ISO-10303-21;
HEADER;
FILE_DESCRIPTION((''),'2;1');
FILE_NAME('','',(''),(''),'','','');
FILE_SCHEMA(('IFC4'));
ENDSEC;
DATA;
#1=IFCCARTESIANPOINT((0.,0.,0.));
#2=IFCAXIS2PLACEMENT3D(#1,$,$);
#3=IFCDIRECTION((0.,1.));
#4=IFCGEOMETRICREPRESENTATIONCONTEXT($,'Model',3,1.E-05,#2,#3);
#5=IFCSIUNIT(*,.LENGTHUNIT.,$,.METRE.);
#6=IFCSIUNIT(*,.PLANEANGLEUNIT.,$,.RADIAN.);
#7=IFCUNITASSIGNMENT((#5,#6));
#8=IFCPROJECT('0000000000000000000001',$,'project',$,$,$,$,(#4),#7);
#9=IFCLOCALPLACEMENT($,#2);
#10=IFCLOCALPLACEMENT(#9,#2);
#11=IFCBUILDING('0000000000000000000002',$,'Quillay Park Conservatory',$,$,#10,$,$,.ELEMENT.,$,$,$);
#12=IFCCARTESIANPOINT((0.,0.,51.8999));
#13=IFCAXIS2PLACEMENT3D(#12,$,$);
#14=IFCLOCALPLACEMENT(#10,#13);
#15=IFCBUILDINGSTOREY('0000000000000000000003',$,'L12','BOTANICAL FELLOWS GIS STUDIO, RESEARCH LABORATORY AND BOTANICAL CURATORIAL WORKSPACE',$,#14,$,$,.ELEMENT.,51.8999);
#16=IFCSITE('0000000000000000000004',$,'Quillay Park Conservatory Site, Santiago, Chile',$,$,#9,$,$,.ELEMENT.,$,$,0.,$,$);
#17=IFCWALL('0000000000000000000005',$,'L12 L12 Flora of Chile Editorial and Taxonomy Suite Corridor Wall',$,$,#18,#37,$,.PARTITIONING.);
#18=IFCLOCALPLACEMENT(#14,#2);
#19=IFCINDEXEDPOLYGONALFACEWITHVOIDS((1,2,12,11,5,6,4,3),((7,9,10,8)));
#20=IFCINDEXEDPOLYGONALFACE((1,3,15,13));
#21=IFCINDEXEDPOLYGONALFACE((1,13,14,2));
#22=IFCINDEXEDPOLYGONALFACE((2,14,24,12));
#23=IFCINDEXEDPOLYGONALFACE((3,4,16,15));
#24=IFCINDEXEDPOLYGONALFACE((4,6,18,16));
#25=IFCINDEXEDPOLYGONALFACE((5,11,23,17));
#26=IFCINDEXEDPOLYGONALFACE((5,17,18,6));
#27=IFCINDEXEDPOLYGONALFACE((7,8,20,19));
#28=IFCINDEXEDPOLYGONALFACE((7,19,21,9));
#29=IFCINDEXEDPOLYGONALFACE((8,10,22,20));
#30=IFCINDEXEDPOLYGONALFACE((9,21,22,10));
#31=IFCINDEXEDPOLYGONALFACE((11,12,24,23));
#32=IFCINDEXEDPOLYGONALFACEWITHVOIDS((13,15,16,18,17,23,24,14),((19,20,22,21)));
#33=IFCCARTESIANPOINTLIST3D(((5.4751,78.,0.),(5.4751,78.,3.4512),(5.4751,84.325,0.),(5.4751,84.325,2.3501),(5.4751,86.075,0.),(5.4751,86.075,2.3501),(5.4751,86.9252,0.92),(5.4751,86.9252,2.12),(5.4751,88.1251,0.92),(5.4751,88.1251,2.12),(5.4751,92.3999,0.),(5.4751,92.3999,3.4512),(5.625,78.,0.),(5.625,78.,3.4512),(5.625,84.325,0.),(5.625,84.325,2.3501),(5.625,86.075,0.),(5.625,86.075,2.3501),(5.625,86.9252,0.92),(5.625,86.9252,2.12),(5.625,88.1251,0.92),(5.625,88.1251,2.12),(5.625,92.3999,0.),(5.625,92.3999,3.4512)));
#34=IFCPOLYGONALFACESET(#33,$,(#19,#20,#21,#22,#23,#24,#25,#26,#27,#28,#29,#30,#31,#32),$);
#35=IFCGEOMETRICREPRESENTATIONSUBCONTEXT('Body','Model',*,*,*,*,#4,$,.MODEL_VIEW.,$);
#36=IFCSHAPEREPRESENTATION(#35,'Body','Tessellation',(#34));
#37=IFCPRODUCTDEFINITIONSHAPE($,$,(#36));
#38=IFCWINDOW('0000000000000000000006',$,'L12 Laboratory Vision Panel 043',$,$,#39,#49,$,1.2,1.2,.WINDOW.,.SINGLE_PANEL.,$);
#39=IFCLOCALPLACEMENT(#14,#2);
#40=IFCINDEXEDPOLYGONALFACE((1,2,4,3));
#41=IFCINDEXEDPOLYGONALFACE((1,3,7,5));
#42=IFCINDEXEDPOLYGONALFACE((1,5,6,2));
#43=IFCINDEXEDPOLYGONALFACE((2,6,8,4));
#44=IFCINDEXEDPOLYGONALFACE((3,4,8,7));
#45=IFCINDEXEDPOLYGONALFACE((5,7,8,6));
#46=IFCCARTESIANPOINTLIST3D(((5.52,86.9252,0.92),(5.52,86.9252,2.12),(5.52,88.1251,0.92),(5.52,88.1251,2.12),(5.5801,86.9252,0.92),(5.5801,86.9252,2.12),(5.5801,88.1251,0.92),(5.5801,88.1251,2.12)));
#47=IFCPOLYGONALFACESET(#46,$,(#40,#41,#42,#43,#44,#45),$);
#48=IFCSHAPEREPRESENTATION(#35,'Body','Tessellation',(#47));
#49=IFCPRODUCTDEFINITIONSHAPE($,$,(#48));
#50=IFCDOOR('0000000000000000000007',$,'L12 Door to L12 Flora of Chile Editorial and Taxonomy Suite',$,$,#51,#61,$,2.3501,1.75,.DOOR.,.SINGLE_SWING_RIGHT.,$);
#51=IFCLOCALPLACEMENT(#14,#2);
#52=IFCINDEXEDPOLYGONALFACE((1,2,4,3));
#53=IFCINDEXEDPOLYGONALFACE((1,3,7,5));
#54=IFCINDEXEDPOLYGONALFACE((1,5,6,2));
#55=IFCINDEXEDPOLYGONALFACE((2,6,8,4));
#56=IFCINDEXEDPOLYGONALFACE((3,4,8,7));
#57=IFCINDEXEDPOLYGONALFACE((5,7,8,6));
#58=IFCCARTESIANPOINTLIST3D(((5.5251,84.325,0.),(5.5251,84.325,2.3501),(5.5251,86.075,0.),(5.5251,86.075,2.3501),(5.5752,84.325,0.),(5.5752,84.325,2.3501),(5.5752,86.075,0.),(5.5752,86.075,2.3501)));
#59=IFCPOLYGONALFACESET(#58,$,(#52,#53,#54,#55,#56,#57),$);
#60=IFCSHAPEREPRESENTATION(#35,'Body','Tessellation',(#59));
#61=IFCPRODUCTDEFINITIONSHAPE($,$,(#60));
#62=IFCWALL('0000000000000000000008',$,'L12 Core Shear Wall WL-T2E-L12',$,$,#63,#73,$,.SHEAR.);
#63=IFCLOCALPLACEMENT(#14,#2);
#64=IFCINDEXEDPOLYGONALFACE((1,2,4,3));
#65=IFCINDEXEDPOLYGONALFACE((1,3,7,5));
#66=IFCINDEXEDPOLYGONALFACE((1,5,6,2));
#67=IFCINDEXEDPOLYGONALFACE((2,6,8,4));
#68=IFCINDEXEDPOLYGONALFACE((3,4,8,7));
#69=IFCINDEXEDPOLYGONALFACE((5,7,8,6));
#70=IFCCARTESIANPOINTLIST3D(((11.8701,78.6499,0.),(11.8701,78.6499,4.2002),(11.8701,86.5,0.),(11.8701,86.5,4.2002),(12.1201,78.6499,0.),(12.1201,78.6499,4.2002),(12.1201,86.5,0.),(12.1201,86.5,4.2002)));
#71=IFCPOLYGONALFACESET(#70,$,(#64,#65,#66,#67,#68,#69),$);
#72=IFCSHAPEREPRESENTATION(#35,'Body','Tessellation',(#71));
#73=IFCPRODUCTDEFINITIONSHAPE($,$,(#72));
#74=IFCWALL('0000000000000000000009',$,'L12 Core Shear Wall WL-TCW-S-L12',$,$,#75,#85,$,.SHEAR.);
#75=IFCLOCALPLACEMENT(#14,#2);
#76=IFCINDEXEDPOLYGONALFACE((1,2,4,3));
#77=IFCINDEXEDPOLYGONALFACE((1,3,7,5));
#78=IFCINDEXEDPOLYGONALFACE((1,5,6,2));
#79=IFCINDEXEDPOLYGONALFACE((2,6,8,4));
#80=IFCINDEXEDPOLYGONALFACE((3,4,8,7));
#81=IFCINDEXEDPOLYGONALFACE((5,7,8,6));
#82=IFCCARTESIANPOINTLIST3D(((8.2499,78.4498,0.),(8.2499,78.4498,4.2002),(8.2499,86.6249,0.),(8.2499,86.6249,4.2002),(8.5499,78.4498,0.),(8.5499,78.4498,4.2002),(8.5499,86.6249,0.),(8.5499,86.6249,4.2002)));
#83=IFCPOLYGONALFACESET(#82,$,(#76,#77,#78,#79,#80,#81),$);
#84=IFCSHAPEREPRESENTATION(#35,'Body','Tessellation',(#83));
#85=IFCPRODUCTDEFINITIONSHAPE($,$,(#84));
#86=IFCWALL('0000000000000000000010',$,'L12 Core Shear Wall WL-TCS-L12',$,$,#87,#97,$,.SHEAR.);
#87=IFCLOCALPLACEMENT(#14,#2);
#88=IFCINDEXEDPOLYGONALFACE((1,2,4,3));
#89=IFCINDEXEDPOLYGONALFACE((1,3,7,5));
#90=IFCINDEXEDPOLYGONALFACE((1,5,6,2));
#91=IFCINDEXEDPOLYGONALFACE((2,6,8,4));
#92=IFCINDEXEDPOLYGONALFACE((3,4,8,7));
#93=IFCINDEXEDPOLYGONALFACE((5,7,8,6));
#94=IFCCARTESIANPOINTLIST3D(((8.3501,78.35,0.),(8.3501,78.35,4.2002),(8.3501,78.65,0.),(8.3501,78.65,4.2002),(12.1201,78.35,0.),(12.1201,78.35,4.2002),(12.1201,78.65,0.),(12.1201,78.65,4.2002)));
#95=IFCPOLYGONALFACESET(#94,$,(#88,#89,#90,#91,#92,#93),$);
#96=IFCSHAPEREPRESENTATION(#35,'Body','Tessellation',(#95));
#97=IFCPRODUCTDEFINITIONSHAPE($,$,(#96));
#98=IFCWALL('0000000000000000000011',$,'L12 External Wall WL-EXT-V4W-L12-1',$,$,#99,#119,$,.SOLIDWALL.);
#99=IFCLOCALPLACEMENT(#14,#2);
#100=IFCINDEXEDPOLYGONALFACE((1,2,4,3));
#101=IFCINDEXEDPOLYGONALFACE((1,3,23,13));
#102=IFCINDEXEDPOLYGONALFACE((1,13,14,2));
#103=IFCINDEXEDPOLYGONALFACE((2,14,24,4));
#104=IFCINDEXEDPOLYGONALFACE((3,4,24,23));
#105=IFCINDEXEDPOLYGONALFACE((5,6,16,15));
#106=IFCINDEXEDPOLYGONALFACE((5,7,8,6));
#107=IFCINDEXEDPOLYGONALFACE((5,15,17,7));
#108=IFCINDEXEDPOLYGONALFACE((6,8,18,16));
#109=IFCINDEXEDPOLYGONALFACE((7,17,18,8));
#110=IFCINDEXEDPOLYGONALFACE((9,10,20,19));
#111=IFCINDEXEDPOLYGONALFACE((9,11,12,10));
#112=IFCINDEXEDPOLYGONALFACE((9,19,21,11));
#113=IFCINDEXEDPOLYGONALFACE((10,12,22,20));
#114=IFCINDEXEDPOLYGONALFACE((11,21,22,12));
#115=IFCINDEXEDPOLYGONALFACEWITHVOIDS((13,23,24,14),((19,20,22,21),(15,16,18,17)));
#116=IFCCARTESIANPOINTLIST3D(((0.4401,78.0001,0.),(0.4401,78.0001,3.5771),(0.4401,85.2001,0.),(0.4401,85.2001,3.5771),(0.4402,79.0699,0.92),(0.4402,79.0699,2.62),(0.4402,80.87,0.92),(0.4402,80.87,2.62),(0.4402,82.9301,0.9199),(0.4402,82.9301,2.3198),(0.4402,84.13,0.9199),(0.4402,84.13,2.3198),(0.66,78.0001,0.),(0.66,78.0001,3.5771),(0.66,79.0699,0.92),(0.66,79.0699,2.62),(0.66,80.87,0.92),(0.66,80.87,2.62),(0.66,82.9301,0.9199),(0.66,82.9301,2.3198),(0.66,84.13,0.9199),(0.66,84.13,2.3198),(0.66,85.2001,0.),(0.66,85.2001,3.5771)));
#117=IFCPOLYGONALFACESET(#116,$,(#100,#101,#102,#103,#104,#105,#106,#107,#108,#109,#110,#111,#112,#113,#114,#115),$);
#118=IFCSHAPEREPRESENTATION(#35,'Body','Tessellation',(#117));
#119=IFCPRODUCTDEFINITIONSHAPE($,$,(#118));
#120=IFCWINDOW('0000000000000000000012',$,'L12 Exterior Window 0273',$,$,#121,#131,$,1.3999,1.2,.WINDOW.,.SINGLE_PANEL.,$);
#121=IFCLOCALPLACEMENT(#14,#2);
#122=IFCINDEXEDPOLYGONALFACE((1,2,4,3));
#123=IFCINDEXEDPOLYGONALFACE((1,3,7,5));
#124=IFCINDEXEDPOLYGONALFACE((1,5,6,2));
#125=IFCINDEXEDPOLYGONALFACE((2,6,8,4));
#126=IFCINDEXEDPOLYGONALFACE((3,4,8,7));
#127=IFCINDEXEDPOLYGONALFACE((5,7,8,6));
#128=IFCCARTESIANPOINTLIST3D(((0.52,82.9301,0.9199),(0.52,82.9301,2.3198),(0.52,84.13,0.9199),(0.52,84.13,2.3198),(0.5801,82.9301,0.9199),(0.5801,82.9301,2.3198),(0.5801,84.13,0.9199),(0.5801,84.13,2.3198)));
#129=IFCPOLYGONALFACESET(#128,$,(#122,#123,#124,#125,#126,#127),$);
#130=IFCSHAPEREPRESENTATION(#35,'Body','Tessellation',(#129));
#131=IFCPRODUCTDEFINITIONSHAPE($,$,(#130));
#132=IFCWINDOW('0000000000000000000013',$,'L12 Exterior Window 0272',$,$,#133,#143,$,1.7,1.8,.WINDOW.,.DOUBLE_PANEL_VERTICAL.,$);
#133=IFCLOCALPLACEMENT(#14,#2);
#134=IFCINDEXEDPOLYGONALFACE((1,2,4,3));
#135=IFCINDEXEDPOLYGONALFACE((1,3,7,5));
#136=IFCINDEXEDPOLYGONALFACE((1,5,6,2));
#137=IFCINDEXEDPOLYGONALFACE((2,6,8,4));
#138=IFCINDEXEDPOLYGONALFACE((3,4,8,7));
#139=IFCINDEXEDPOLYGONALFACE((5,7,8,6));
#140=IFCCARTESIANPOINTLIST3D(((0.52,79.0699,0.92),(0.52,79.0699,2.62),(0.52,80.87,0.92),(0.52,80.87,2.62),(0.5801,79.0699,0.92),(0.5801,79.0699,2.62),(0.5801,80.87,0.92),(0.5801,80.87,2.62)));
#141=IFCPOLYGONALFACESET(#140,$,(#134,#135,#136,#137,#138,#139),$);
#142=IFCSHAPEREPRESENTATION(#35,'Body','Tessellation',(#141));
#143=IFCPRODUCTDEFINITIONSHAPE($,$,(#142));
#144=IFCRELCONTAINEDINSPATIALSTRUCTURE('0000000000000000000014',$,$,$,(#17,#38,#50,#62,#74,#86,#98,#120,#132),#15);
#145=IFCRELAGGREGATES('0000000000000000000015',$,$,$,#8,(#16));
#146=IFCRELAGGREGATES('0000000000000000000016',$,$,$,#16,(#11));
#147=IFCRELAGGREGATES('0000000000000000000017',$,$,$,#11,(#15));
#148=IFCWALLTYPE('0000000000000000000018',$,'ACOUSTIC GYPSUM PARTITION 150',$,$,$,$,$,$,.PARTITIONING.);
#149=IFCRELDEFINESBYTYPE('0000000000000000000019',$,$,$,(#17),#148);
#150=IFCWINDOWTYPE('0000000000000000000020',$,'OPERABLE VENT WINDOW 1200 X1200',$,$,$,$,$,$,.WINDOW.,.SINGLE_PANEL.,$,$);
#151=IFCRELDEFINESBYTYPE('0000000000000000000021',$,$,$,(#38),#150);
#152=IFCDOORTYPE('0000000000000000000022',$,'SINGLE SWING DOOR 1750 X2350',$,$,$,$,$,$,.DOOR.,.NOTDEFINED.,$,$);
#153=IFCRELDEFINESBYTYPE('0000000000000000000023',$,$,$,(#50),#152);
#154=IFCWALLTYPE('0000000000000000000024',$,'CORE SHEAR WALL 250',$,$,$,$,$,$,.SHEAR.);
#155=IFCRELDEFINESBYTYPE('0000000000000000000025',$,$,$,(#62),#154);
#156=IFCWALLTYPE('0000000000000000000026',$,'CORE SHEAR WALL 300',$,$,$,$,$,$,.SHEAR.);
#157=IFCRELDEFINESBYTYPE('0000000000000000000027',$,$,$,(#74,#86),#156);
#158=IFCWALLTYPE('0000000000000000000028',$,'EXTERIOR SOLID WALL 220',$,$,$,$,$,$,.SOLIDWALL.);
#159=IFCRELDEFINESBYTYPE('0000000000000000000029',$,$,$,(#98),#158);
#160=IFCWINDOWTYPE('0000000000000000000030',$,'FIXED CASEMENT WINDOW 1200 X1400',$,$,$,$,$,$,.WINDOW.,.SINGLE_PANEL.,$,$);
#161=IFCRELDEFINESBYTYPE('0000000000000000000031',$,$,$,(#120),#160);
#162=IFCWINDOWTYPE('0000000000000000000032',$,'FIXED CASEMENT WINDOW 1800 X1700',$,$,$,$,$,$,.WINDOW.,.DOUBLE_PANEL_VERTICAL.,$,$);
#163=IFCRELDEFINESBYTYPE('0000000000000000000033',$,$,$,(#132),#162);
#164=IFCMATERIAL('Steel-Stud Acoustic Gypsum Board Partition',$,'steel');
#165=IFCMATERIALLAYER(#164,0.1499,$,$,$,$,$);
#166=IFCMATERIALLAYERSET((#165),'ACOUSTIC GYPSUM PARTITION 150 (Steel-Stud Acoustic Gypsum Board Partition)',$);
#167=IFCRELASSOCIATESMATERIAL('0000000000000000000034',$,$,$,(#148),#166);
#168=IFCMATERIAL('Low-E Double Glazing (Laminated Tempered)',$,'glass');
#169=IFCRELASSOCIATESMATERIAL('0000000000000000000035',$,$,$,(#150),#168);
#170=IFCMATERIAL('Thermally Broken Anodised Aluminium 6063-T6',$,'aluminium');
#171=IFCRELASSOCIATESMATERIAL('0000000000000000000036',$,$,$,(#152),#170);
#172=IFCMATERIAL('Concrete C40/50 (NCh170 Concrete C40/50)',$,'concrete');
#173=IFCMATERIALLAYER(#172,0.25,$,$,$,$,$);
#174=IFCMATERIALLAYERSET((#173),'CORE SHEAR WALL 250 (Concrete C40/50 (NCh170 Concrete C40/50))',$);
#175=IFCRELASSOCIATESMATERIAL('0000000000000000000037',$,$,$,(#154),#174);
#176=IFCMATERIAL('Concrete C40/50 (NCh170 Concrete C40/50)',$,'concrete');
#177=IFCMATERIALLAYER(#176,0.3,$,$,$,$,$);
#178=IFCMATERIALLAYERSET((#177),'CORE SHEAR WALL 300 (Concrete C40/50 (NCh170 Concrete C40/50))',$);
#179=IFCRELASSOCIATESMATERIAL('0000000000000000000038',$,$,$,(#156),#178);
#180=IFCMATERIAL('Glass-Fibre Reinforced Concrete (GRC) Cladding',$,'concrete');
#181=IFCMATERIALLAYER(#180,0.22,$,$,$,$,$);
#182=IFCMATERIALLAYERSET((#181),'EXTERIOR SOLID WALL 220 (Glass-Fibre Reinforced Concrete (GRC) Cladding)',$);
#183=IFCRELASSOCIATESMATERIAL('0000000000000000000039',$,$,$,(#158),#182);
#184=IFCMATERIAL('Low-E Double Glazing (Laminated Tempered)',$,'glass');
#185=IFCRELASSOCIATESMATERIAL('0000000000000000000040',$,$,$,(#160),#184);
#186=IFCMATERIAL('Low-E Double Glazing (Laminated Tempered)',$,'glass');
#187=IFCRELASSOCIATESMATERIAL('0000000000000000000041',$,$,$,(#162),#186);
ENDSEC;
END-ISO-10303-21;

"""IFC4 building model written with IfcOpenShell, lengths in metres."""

from ifc_helpers import new_model, si_unit, direction, frame, frame_2d, origin, place, context, subcontext, project, spatial, rectangle, extrude, material, layer, layer_set, type_object, element, fill, save


model = new_model("IFC4")

# Units and contexts
model_context = context("Model", 3, precision=1e-05, world=origin(), true_north=direction((0.0, 1.0)))
body_context = subcontext(model_context, "Body", "Model", "MODEL_VIEW")
ifc_project = project(units=[si_unit("LENGTHUNIT", "METRE"), si_unit("PLANEANGLEUNIT", "RADIAN")], contexts=[model_context])

# Site, building, storey
site_placement = place(None, origin())
site = spatial("IfcSite", under=ifc_project, at=site_placement, Name="Quillay Park Conservatory Site, Santiago, Chile", CompositionType="ELEMENT", RefElevation=0.0)
building_placement = place(site_placement, origin())
building = spatial("IfcBuilding", under=site, at=building_placement, Name="Quillay Park Conservatory", CompositionType="ELEMENT")
storey_placement = place(building_placement, frame((0.0, 0.0, 51.8999)))
storey = spatial("IfcBuildingStorey", under=building, at=storey_placement, Name="L12", Description="BOTANICAL FELLOWS GIS STUDIO, RESEARCH LABORATORY AND BOTANICAL CURATORIAL WORKSPACE", CompositionType="ELEMENT", Elevation=51.8999)

# Wall, openings, window, door
ifc_material_1 = material(Name="Steel-Stud Acoustic Gypsum Board Partition", Category="steel")
ifc_layer_1 = layer(ifc_material_1, 0.1499)
ifc_layer_set_1 = layer_set([ifc_layer_1], Name="ACOUSTIC GYPSUM PARTITION 150 (Steel-Stud Acoustic Gypsum Board Partition)")
wall_type_1 = type_object("IfcWallType", Name="ACOUSTIC GYPSUM PARTITION 150", PredefinedType="PARTITIONING", material=ifc_layer_set_1)
wall_1_placement = place(storey_placement, frame((5.55, 78.0, 0.0), z_axis=(0.0, 0.0, 1.0), x_axis=(0.0, 1.0, 0.0)))
wall_1 = element("IfcWall", 1, at=wall_1_placement, inside=storey, type_object=wall_type_1, Name="L12 L12 Flora of Chile Editorial and Taxonomy Suite Corridor Wall", PredefinedType="PARTITIONING", context=body_context, shape_type="SweptSolid", body=[
    extrude(rectangle(XDim=14.3999, YDim=0.1499, at=frame_2d((7.2, 0.0))), origin(), (0.0, 0.0, 1.0), 3.4512),
])
opening_1_placement = place(wall_1_placement, frame((6.325, 0.0, 0.0)))
opening_1 = element("IfcOpeningElement", 2, at=opening_1_placement, cuts=wall_1, PredefinedType="OPENING", context=body_context, shape_type="SweptSolid", body=[
    extrude(rectangle(XDim=1.75, YDim=2.3501, at=frame_2d((0.875, 1.175))), frame((0.0, 0.075, 0.0), z_axis=(0.0, -1.0, 0.0), x_axis=(1.0, 0.0, 0.0)), (0.0, 0.0, 1.0), 0.1499),
])
opening_2_placement = place(wall_1_placement, frame((8.925, 0.0, 0.9199)))
opening_2 = element("IfcOpeningElement", 3, at=opening_2_placement, cuts=wall_1, PredefinedType="OPENING", context=body_context, shape_type="SweptSolid", body=[
    extrude(rectangle(XDim=1.2, YDim=1.2, at=frame_2d((0.6001, 0.6001))), frame((0.0, 0.075, 0.0), z_axis=(0.0, -1.0, 0.0), x_axis=(1.0, 0.0, 0.0)), (0.0, 0.0, 1.0), 0.1499),
])
ifc_material_2 = material(Name="Low-E Double Glazing (Laminated Tempered)", Category="glass")
window_type_1 = type_object("IfcWindowType", Name="OPERABLE VENT WINDOW 1200 X1200", PartitioningType="SINGLE_PANEL", PredefinedType="WINDOW", material=ifc_material_2)
window_1_placement = place(opening_2_placement, origin())
window_1 = element("IfcWindow", 4, at=window_1_placement, inside=storey, type_object=window_type_1, Name="L12 Laboratory Vision Panel 043", OverallHeight=1.2, OverallWidth=1.2, PartitioningType="SINGLE_PANEL", PredefinedType="WINDOW", context=body_context, shape_type="SweptSolid", body=[
    extrude(rectangle(XDim=1.2, YDim=1.2, at=frame_2d((0.6001, 0.6001))), frame((0.0, 0.03, 0.0), z_axis=(0.0, -1.0, 0.0), x_axis=(1.0, 0.0, 0.0)), (0.0, 0.0, 1.0), 0.0601),
])
fill(opening_2, window_1)
ifc_material_3 = material(Name="Thermally Broken Anodised Aluminium 6063-T6", Category="aluminium")
door_type_1 = type_object("IfcDoorType", Name="SINGLE SWING DOOR 1750 X2350", OperationType="NOTDEFINED", PredefinedType="DOOR", material=ifc_material_3)
door_1_placement = place(opening_1_placement, origin())
door_1 = element("IfcDoor", 5, at=door_1_placement, inside=storey, type_object=door_type_1, Name="L12 Door to L12 Flora of Chile Editorial and Taxonomy Suite", OperationType="SINGLE_SWING_RIGHT", OverallHeight=2.3501, OverallWidth=1.75, PredefinedType="DOOR", context=body_context, shape_type="SweptSolid", body=[
    extrude(rectangle(XDim=1.75, YDim=2.3501, at=frame_2d((0.875, 1.175))), frame((0.0, 0.0249, 0.0), z_axis=(0.0, -1.0, 0.0), x_axis=(1.0, 0.0, 0.0)), (0.0, 0.0, 1.0), 0.05),
])
fill(opening_1, door_1)

# Walls
ifc_material_4 = material(Name="Concrete C40/50 (NCh170 Concrete C40/50)", Category="concrete")
ifc_layer_2 = layer(ifc_material_4, 0.25)
ifc_layer_set_2 = layer_set([ifc_layer_2], Name="CORE SHEAR WALL 250 (Concrete C40/50 (NCh170 Concrete C40/50))")
wall_type_2 = type_object("IfcWallType", Name="CORE SHEAR WALL 250", PredefinedType="SHEAR", material=ifc_layer_set_2)
wall_2_placement = place(storey_placement, frame((11.9951, 78.6499, 0.0), z_axis=(0.0, 0.0, 1.0), x_axis=(0.0, 1.0, 0.0)))
element("IfcWall", 6, at=wall_2_placement, inside=storey, type_object=wall_type_2, Name="L12 Core Shear Wall WL-T2E-L12", PredefinedType="SHEAR", context=body_context, shape_type="SweptSolid", body=[
    extrude(rectangle(XDim=7.8501, YDim=0.25, at=frame_2d((3.925, 0.0))), origin(), (0.0, 0.0, 1.0), 4.2002),
])
ifc_material_5 = material(Name="Concrete C40/50 (NCh170 Concrete C40/50)", Category="concrete")
ifc_layer_3 = layer(ifc_material_5, 0.3)
ifc_layer_set_3 = layer_set([ifc_layer_3], Name="CORE SHEAR WALL 300 (Concrete C40/50 (NCh170 Concrete C40/50))")
wall_type_3 = type_object("IfcWallType", Name="CORE SHEAR WALL 300", PredefinedType="SHEAR", material=ifc_layer_set_3)
wall_3_placement = place(storey_placement, frame((8.3999, 78.45, 0.0), z_axis=(0.0, 0.0, 1.0), x_axis=(0.0, 1.0, 0.0)))
element("IfcWall", 7, at=wall_3_placement, inside=storey, type_object=wall_type_3, Name="L12 Core Shear Wall WL-TCW-S-L12", PredefinedType="SHEAR", context=body_context, shape_type="SweptSolid", body=[
    extrude(rectangle(XDim=8.175, YDim=0.3, at=frame_2d((4.0874, 0.0))), origin(), (0.0, 0.0, 1.0), 4.2002),
])
wall_4_placement = place(storey_placement, frame((8.3501, 78.5, 0.0), z_axis=(0.0, 0.0, 1.0), x_axis=(1.0, 0.0, 0.0)))
element("IfcWall", 8, at=wall_4_placement, inside=storey, type_object=wall_type_3, Name="L12 Core Shear Wall WL-TCS-L12", PredefinedType="SHEAR", context=body_context, shape_type="SweptSolid", body=[
    extrude(rectangle(XDim=3.77, YDim=0.3, at=frame_2d((1.885, 0.0))), origin(), (0.0, 0.0, 1.0), 4.2002),
])

# Wall, openings, windows
ifc_material_6 = material(Name="Glass-Fibre Reinforced Concrete (GRC) Cladding", Category="concrete")
ifc_layer_4 = layer(ifc_material_6, 0.22)
ifc_layer_set_4 = layer_set([ifc_layer_4], Name="EXTERIOR SOLID WALL 220 (Glass-Fibre Reinforced Concrete (GRC) Cladding)")
wall_type_4 = type_object("IfcWallType", Name="EXTERIOR SOLID WALL 220", PredefinedType="SOLIDWALL", material=ifc_layer_set_4)
wall_5_placement = place(storey_placement, frame((0.55, 78.0, 0.0), z_axis=(0.0, 0.0, 1.0), x_axis=(0.0, 1.0, 0.0)))
wall_5 = element("IfcWall", 9, at=wall_5_placement, inside=storey, type_object=wall_type_4, Name="L12 External Wall WL-EXT-V4W-L12-1", PredefinedType="SOLIDWALL", context=body_context, shape_type="SweptSolid", body=[
    extrude(rectangle(XDim=7.2, YDim=0.22, at=frame_2d((3.6001, 0.0))), origin(), (0.0, 0.0, 1.0), 3.5771),
])
opening_3_placement = place(wall_5_placement, frame((1.0701, 0.0, 0.9199)))
opening_3 = element("IfcOpeningElement", 10, at=opening_3_placement, cuts=wall_5, PredefinedType="OPENING", context=body_context, shape_type="SweptSolid", body=[
    extrude(rectangle(XDim=1.8, YDim=1.7, at=frame_2d((0.8999, 0.8501))), frame((0.0, 0.1099, 0.0), z_axis=(0.0, -1.0, 0.0), x_axis=(1.0, 0.0, 0.0)), (0.0, 0.0, 1.0), 0.22),
])
opening_4_placement = place(wall_5_placement, frame((4.9299, 0.0, 0.9199)))
opening_4 = element("IfcOpeningElement", 11, at=opening_4_placement, cuts=wall_5, PredefinedType="OPENING", context=body_context, shape_type="SweptSolid", body=[
    extrude(rectangle(XDim=1.2, YDim=1.3999, at=frame_2d((0.6001, 0.7))), frame((0.0, 0.1099, 0.0), z_axis=(0.0, -1.0, 0.0), x_axis=(1.0, 0.0, 0.0)), (0.0, 0.0, 1.0), 0.22),
])
ifc_material_7 = material(Name="Low-E Double Glazing (Laminated Tempered)", Category="glass")
window_type_2 = type_object("IfcWindowType", Name="FIXED CASEMENT WINDOW 1200 X1400", PartitioningType="SINGLE_PANEL", PredefinedType="WINDOW", material=ifc_material_7)
window_2_placement = place(opening_4_placement, origin())
window_2 = element("IfcWindow", 12, at=window_2_placement, inside=storey, type_object=window_type_2, Name="L12 Exterior Window 0273", OverallHeight=1.3999, OverallWidth=1.2, PartitioningType="SINGLE_PANEL", PredefinedType="WINDOW", context=body_context, shape_type="SweptSolid", body=[
    extrude(rectangle(XDim=1.2, YDim=1.3999, at=frame_2d((0.6001, 0.7))), frame((0.0, 0.03, 0.0), z_axis=(0.0, -1.0, 0.0), x_axis=(1.0, 0.0, 0.0)), (0.0, 0.0, 1.0), 0.0601),
])
fill(opening_4, window_2)
ifc_material_8 = material(Name="Low-E Double Glazing (Laminated Tempered)", Category="glass")
window_type_3 = type_object("IfcWindowType", Name="FIXED CASEMENT WINDOW 1800 X1700", PartitioningType="DOUBLE_PANEL_VERTICAL", PredefinedType="WINDOW", material=ifc_material_8)
window_3_placement = place(opening_3_placement, origin())
window_3 = element("IfcWindow", 13, at=window_3_placement, inside=storey, type_object=window_type_3, Name="L12 Exterior Window 0272", OverallHeight=1.7, OverallWidth=1.8, PartitioningType="DOUBLE_PANEL_VERTICAL", PredefinedType="WINDOW", context=body_context, shape_type="SweptSolid", body=[
    extrude(rectangle(XDim=1.8, YDim=1.7, at=frame_2d((0.8999, 0.8501))), frame((0.0, 0.03, 0.0), z_axis=(0.0, -1.0, 0.0), x_axis=(1.0, 0.0, 0.0)), (0.0, 0.0, 1.0), 0.0601),
])
fill(opening_3, window_3)

save(model, "model.ifc")
